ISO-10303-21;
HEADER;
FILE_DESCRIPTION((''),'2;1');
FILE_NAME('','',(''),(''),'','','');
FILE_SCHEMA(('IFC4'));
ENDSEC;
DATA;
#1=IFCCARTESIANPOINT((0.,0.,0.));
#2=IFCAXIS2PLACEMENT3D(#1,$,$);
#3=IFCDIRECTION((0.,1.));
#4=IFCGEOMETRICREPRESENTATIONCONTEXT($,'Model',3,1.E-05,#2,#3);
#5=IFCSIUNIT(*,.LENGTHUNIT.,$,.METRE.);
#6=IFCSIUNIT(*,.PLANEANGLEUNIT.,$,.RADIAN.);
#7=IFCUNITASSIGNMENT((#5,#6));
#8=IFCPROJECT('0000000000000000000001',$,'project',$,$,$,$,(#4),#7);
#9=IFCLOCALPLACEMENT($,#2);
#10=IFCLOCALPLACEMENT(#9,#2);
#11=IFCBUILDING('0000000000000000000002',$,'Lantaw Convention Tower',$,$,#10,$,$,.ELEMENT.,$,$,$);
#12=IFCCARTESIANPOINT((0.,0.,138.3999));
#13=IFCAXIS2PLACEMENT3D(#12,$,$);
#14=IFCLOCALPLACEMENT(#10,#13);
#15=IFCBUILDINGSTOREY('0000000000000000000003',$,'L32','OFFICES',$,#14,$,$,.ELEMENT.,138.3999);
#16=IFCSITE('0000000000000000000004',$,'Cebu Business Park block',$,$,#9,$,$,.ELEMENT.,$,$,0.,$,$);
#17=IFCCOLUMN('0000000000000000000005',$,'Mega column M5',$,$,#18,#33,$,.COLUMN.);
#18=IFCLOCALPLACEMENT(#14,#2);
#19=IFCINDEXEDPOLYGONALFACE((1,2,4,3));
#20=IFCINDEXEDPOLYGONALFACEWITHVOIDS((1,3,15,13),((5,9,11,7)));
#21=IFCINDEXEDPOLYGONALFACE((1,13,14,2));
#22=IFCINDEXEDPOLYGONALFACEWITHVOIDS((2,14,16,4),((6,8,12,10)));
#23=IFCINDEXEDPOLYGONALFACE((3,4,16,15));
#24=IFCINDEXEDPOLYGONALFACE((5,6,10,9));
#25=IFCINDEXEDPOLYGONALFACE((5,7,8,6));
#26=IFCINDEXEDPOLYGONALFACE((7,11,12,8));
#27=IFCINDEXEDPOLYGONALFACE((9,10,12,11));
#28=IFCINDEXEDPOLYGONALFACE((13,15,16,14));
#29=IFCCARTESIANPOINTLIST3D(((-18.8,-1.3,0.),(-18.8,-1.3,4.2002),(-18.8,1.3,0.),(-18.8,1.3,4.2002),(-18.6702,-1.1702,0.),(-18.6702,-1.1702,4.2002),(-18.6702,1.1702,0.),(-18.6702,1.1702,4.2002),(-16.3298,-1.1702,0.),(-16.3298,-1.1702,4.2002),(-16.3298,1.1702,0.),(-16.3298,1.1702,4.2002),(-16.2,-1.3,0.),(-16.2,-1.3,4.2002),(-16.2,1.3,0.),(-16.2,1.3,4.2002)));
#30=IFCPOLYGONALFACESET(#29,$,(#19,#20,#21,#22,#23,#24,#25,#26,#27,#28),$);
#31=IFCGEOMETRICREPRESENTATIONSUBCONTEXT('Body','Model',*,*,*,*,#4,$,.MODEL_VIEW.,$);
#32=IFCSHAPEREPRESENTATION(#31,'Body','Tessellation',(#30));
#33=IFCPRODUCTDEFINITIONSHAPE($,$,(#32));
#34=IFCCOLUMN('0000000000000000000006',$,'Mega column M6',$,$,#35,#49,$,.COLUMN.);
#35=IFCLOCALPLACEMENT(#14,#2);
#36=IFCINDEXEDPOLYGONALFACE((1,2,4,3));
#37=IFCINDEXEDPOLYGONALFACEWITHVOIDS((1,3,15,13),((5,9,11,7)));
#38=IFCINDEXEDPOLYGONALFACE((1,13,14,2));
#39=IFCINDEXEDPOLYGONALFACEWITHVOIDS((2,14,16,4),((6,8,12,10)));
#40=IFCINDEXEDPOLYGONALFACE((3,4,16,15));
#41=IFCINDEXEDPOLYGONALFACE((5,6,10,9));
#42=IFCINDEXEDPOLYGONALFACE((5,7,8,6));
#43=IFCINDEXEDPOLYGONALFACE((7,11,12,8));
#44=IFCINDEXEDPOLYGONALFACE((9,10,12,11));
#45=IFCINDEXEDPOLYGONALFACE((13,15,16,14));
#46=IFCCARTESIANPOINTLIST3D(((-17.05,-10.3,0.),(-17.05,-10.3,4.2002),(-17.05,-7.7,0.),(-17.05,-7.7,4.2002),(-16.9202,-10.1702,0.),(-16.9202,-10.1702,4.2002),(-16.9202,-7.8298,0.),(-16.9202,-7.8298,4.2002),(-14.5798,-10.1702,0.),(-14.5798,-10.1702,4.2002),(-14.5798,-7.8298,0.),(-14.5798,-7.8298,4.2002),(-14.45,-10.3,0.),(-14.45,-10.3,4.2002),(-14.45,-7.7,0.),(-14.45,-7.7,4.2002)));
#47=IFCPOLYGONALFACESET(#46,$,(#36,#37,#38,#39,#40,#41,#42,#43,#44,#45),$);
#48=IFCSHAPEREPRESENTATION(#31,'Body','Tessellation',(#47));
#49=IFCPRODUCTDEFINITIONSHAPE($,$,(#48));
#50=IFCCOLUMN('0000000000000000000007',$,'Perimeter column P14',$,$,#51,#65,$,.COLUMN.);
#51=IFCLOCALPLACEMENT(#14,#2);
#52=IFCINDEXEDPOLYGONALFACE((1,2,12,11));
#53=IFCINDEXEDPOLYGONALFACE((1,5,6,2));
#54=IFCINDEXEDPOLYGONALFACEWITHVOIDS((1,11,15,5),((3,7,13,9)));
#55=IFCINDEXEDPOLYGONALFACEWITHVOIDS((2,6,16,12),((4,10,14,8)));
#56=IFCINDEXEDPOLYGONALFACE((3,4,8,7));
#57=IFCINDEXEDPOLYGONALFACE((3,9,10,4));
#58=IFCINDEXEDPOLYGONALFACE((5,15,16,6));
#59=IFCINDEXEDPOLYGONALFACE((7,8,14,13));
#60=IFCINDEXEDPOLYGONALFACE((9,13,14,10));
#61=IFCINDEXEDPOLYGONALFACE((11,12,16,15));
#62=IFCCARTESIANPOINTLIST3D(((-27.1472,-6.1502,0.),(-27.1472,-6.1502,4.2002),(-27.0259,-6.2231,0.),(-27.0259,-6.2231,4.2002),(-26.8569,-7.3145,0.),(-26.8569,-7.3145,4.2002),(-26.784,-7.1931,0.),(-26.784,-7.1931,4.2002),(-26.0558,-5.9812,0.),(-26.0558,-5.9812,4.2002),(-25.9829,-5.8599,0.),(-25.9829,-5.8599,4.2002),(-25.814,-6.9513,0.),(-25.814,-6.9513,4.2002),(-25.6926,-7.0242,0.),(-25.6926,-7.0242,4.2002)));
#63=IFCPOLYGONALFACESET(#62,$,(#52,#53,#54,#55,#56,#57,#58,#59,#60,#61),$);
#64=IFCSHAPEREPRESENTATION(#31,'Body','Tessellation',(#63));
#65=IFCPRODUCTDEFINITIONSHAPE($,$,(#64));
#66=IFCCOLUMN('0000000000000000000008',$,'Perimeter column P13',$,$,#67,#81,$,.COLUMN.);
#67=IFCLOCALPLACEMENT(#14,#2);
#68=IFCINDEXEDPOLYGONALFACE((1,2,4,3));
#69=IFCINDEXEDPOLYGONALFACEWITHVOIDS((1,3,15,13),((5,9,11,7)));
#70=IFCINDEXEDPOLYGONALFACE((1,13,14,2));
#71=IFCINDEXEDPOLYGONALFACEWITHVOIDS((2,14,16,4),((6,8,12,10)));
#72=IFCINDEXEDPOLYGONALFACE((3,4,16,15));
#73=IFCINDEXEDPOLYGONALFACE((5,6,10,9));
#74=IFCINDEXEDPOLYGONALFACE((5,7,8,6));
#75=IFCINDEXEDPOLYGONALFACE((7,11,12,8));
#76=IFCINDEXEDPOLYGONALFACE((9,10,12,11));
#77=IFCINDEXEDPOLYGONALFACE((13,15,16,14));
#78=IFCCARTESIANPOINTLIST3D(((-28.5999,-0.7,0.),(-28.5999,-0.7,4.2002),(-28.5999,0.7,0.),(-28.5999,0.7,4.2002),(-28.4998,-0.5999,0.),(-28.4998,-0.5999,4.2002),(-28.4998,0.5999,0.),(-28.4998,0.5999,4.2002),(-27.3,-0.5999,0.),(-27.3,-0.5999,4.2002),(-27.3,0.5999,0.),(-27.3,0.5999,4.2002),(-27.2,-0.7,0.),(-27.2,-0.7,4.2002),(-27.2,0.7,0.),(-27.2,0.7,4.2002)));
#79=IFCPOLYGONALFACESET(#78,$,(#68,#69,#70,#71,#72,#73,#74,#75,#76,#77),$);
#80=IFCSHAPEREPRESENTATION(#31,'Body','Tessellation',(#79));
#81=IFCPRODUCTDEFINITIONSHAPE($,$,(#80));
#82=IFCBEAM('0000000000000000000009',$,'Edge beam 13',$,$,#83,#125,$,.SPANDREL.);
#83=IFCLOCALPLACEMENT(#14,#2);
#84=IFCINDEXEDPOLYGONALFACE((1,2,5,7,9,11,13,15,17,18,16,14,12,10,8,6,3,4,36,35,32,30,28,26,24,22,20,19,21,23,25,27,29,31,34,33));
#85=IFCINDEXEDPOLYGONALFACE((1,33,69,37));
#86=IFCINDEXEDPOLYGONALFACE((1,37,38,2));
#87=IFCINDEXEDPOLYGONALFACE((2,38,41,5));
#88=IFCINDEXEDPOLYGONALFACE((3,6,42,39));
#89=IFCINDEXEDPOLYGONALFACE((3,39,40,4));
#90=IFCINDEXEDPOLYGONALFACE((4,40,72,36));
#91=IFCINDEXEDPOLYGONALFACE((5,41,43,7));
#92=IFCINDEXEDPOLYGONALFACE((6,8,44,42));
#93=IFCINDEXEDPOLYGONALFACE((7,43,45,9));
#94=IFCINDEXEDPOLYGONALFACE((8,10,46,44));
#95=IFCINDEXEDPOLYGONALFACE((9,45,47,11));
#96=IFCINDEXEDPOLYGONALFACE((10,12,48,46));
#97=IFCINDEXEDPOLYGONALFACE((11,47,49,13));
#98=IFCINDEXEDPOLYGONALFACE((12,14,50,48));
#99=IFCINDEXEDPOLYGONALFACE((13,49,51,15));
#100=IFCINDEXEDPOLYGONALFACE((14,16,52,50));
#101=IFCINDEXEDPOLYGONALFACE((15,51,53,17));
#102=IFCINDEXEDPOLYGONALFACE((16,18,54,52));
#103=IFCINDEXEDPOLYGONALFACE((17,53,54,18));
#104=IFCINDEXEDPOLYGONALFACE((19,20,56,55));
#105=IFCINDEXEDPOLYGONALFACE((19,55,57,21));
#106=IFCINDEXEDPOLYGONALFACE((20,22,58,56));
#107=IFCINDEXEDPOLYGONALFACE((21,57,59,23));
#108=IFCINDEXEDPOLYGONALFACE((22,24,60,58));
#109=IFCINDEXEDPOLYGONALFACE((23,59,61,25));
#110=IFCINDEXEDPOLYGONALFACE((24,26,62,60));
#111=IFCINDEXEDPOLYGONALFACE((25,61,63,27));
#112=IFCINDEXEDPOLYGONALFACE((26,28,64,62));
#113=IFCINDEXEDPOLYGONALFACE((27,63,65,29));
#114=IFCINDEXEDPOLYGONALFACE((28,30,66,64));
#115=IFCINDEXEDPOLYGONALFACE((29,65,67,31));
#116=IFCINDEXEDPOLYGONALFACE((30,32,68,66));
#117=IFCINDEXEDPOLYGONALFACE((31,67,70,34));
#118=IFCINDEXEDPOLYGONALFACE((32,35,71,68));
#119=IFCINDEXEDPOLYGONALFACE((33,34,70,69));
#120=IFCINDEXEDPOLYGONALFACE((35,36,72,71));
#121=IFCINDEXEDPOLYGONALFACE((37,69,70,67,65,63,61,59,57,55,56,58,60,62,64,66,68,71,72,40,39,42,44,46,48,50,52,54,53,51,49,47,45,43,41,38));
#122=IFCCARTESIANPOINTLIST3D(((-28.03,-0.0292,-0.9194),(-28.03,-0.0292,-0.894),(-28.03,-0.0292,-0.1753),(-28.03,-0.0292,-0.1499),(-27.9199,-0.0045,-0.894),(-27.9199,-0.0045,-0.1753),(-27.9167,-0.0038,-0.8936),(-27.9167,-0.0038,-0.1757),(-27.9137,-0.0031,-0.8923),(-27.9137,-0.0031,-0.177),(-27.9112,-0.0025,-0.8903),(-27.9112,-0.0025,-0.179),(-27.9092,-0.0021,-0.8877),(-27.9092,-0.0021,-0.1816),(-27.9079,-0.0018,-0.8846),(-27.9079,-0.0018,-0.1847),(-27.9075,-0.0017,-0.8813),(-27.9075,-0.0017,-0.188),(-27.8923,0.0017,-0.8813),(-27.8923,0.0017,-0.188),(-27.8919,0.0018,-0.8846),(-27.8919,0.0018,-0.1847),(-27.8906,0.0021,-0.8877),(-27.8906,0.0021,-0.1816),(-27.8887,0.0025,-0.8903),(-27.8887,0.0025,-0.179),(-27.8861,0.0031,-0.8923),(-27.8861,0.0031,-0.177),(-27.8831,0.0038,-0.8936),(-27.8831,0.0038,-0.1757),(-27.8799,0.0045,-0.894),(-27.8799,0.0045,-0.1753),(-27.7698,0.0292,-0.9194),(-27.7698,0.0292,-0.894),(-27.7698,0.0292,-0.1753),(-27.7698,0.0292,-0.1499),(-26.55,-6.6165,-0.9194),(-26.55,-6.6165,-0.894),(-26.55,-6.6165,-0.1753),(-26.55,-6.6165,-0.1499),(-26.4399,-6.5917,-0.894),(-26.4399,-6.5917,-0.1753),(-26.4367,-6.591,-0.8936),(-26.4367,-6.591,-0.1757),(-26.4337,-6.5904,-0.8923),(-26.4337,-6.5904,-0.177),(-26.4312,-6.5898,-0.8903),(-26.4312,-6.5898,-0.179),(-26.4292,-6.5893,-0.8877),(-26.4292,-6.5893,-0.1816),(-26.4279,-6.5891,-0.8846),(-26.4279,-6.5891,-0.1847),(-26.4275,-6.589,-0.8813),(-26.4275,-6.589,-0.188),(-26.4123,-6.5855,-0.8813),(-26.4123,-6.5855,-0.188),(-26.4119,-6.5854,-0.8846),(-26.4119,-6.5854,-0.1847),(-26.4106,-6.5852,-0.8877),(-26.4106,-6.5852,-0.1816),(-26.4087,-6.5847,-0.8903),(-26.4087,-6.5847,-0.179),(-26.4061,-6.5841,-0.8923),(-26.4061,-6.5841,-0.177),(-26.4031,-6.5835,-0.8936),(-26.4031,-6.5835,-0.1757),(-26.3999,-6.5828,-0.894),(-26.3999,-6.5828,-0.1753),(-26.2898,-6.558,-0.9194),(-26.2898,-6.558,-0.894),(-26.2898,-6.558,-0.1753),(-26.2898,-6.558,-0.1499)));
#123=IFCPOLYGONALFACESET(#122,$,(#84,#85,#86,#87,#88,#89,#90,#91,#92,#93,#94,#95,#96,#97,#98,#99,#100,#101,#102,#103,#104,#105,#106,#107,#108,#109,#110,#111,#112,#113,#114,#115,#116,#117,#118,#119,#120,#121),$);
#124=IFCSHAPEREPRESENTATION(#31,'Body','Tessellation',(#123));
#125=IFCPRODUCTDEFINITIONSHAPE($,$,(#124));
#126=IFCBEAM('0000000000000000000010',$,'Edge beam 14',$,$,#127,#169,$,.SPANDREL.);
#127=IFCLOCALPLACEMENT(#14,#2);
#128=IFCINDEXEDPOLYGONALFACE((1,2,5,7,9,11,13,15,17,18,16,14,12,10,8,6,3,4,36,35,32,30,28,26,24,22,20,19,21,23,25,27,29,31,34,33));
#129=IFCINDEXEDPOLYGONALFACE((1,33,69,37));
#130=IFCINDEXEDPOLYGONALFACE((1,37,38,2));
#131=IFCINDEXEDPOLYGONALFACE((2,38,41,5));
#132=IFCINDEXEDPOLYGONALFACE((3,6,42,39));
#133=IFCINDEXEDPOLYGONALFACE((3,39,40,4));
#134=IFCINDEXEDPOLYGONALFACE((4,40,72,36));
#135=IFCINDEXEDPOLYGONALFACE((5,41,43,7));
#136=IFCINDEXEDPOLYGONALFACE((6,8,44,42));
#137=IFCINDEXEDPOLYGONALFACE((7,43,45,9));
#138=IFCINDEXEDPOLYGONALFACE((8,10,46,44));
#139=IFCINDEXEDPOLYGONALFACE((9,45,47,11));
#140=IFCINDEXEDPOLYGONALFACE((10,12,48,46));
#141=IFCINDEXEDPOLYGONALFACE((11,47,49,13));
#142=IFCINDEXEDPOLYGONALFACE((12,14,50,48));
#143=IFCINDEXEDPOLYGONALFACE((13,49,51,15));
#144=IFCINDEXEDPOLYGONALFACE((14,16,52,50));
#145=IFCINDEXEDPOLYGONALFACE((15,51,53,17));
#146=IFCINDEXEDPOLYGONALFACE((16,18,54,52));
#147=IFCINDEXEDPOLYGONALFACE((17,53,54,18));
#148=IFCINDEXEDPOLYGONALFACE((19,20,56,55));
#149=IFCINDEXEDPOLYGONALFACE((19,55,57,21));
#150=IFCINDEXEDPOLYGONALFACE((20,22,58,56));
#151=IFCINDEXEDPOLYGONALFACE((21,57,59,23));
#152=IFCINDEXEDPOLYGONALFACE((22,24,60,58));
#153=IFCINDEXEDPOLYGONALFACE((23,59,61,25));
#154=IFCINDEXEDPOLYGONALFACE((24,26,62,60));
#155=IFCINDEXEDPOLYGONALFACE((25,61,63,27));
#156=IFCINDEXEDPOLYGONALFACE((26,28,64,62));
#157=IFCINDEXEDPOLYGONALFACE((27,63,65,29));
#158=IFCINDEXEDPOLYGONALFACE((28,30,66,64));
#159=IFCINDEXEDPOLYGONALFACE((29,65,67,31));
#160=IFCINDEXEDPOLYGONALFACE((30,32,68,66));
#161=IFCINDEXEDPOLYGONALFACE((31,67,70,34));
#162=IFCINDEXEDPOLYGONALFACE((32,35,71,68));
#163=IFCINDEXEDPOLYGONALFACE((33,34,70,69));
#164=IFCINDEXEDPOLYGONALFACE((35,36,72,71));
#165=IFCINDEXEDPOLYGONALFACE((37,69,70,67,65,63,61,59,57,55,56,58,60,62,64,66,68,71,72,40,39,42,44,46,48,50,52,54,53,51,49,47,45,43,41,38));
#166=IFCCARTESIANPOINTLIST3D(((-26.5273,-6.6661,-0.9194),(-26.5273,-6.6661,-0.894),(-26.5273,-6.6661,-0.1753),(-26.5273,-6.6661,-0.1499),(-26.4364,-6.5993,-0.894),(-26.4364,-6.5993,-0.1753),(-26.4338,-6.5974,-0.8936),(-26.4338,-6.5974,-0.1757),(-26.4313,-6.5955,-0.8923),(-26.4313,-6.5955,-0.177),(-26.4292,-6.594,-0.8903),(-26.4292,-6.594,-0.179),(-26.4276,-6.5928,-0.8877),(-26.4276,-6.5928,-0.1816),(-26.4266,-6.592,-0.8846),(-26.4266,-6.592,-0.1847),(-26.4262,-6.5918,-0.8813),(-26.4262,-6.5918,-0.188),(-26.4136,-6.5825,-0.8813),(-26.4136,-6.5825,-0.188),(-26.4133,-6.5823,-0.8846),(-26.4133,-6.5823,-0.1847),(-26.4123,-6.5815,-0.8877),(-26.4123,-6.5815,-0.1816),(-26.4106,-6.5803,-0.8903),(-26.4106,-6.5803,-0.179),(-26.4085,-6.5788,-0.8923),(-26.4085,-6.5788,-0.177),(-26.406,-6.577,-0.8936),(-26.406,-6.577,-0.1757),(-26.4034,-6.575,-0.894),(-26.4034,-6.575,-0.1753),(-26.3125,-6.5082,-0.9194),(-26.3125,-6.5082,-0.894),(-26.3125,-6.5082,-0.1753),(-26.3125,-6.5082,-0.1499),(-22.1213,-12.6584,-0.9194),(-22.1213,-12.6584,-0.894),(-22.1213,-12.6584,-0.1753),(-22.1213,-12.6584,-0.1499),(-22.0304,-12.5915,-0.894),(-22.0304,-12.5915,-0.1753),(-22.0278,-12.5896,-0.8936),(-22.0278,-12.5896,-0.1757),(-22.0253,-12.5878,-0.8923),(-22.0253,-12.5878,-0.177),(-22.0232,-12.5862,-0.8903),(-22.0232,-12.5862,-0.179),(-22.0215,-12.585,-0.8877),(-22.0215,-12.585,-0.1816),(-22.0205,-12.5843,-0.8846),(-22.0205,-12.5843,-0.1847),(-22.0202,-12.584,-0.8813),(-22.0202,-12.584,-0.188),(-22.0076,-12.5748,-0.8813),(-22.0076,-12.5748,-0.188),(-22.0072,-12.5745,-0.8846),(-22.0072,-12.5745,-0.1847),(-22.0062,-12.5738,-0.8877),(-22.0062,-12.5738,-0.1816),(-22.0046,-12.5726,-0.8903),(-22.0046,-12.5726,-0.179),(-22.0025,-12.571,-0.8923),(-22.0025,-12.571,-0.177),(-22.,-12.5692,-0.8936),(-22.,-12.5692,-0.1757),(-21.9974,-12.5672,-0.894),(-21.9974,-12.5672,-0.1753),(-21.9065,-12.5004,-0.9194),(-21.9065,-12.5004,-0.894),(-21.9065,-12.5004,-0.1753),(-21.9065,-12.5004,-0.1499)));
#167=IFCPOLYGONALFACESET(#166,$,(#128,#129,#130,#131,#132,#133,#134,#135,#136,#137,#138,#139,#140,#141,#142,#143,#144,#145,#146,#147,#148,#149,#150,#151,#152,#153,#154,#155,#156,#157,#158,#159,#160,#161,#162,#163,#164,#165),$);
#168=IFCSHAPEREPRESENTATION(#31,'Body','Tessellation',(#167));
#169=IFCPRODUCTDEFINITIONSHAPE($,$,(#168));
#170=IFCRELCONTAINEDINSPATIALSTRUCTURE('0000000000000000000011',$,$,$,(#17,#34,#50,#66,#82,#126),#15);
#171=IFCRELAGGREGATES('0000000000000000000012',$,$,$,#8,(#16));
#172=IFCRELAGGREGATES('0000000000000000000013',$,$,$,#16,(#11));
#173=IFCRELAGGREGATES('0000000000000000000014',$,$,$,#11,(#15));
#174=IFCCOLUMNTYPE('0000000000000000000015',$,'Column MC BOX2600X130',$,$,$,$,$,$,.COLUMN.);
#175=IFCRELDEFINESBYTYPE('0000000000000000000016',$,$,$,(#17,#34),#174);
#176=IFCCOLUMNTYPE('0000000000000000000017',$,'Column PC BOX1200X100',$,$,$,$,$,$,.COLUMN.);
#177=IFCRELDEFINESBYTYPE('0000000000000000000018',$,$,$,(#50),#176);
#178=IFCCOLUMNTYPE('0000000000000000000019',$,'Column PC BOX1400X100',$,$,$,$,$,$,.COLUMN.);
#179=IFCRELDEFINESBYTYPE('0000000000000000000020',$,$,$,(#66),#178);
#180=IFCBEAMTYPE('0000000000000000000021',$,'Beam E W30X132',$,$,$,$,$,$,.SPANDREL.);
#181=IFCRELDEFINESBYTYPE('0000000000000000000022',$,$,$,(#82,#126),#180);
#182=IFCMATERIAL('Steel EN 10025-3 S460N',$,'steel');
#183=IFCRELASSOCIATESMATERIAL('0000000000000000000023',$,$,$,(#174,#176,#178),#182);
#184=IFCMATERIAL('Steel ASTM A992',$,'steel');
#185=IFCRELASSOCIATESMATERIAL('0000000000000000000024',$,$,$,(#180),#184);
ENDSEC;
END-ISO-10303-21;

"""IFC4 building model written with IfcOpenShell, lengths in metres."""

from ifc_helpers import new_model, si_unit, direction, frame, origin, origin_2d, place, context, subcontext, project, spatial, rectangle, hollow_rectangle, i_section, extrude, material, material_profile, profile_set, type_object, element, save


model = new_model("IFC4")

# Units and contexts
model_context = context("Model", 3, precision=1e-05, world=origin(), true_north=direction((0.0, 1.0)))
body_context = subcontext(model_context, "Body", "Model", "MODEL_VIEW")
ifc_project = project(units=[si_unit("LENGTHUNIT", "METRE"), si_unit("PLANEANGLEUNIT", "RADIAN")], contexts=[model_context])

# Site, building, storey
site_placement = place(None, origin())
site = spatial("IfcSite", under=ifc_project, at=site_placement, Name="Cebu Business Park block", CompositionType="ELEMENT", RefElevation=0.0)
building_placement = place(site_placement, origin())
building = spatial("IfcBuilding", under=site, at=building_placement, Name="Lantaw Convention Tower", CompositionType="ELEMENT")
storey_placement = place(building_placement, frame((0.0, 0.0, 138.3999)))
storey = spatial("IfcBuildingStorey", under=building, at=storey_placement, Name="L32", Description="OFFICES", CompositionType="ELEMENT", Elevation=138.3999)

# Columns
ifc_material_1 = material(Name="Steel EN 10025-3 S460N", Category="steel")
ifc_material_profile_1 = material_profile(ifc_material_1, hollow_rectangle(XDim=2.6001, YDim=2.6001, WallThickness=0.1299, at=origin_2d()), Name="BOX2600X130")
ifc_material_2 = material(Name="Concrete C60/75", Category="concrete")
ifc_material_profile_2 = material_profile(ifc_material_2, rectangle(XDim=2.3401, YDim=2.3401, at=origin_2d()), Name="Concrete fill of BOX2600X130")
ifc_profile_set_1 = profile_set([ifc_material_profile_1, ifc_material_profile_2], Name="Steel EN 10025-3 S460N")
column_type_1 = type_object("IfcColumnType", Name="Column MC BOX2600X130", PredefinedType="COLUMN", material=ifc_profile_set_1)
for number, where, z_axis, x_axis, name in (
    (1, (-17.5, 0.0, 0.0), (0.0, 0.0, 1.0), (1.0, 0.0, 0.0), "Mega column M5"),
    (2, (-15.75, -9.0, 0.0), (0.0, 0.0, 1.0), (1.0, 0.0, 0.0), "Mega column M6"),
):
    element("IfcColumn", number, at=place(storey_placement, frame(where, z_axis=z_axis, x_axis=x_axis)), inside=storey, type_object=column_type_1, Name=name, PredefinedType="COLUMN", context=body_context, shape_type="SweptSolid", body=[
        extrude(hollow_rectangle(XDim=2.6001, YDim=2.6001, WallThickness=0.1299, at=origin_2d()), origin(), (0.0, 0.0, 1.0), 4.2002),
    ])
ifc_material_profile_3 = material_profile(ifc_material_1, hollow_rectangle(XDim=1.2, YDim=1.2, WallThickness=0.1001, at=origin_2d()), Name="BOX1200X100")
ifc_material_profile_4 = material_profile(ifc_material_2, rectangle(XDim=1.0, YDim=1.0, at=origin_2d()), Name="Concrete fill of BOX1200X100")
ifc_profile_set_2 = profile_set([ifc_material_profile_3, ifc_material_profile_4], Name="Steel EN 10025-3 S460N")
column_type_2 = type_object("IfcColumnType", Name="Column PC BOX1200X100", PredefinedType="COLUMN", material=ifc_profile_set_2)
column_1_placement = place(storey_placement, frame((-26.4199, -6.5872, 0.0), z_axis=(0.0, 0.0, 1.0), x_axis=(0.970296, 0.241922, 0.0)))
element("IfcColumn", 3, at=column_1_placement, inside=storey, type_object=column_type_2, Name="Perimeter column P14", PredefinedType="COLUMN", context=body_context, shape_type="SweptSolid", body=[
    extrude(hollow_rectangle(XDim=1.2, YDim=1.2, WallThickness=0.1001, at=origin_2d()), origin(), (0.0, 0.0, 1.0), 4.2002),
])
ifc_material_profile_5 = material_profile(ifc_material_1, hollow_rectangle(XDim=1.3999, YDim=1.3999, WallThickness=0.1001, at=origin_2d()), Name="BOX1400X100")
ifc_material_profile_6 = material_profile(ifc_material_2, rectangle(XDim=1.2, YDim=1.2, at=origin_2d()), Name="Concrete fill of BOX1400X100")
ifc_profile_set_3 = profile_set([ifc_material_profile_5, ifc_material_profile_6], Name="Steel EN 10025-3 S460N")
column_type_3 = type_object("IfcColumnType", Name="Column PC BOX1400X100", PredefinedType="COLUMN", material=ifc_profile_set_3)
column_2_placement = place(storey_placement, frame((-27.8999, 0.0, 0.0), z_axis=(0.0, 0.0, 1.0), x_axis=(1.0, 0.0, 0.0)))
element("IfcColumn", 4, at=column_2_placement, inside=storey, type_object=column_type_3, Name="Perimeter column P13", PredefinedType="COLUMN", context=body_context, shape_type="SweptSolid", body=[
    extrude(hollow_rectangle(XDim=1.3999, YDim=1.3999, WallThickness=0.1001, at=origin_2d()), origin(), (0.0, 0.0, 1.0), 4.2002),
])

# Beams
ifc_material_3 = material(Name="Steel ASTM A992", Category="steel")
ifc_material_profile_7 = material_profile(ifc_material_3, i_section(OverallWidth=0.2666, OverallDepth=0.7695, WebThickness=0.0156, FlangeThickness=0.0254, FilletRadius=0.0127, at=origin_2d()), Name="W30X132")
ifc_profile_set_4 = profile_set([ifc_material_profile_7], Name="Steel ASTM A992")
beam_type_1 = type_object("IfcBeamType", Name="Beam E W30X132", PredefinedType="SPANDREL", material=ifc_profile_set_4)
beam_1_placement = place(storey_placement, frame((-27.8999, 0.0, -0.5347), z_axis=(0.219212, -0.975677, 0.0), x_axis=(0.975677, 0.219212, 0.0)))
element("IfcBeam", 5, at=beam_1_placement, inside=storey, type_object=beam_type_1, Name="Edge beam 13", PredefinedType="SPANDREL", context=body_context, shape_type="SweptSolid", body=[
    extrude(i_section(OverallWidth=0.2666, OverallDepth=0.7695, WebThickness=0.0156, FlangeThickness=0.0254, FilletRadius=0.0127, at=origin_2d()), origin(), (0.0, 0.0, 1.0), 6.7515),
])
beam_2_placement = place(storey_placement, frame((-26.4199, -6.5872, -0.5347), z_axis=(0.592389, -0.805652, 0.0), x_axis=(0.805652, 0.592389, 0.0)))
element("IfcBeam", 6, at=beam_2_placement, inside=storey, type_object=beam_type_1, Name="Edge beam 14", PredefinedType="SPANDREL", context=body_context, shape_type="SweptSolid", body=[
    extrude(i_section(OverallWidth=0.2666, OverallDepth=0.7695, WebThickness=0.0156, FlangeThickness=0.0254, FilletRadius=0.0127, at=origin_2d()), origin(), (0.0, 0.0, 1.0), 7.4377),
])

save(model, "model.ifc")
